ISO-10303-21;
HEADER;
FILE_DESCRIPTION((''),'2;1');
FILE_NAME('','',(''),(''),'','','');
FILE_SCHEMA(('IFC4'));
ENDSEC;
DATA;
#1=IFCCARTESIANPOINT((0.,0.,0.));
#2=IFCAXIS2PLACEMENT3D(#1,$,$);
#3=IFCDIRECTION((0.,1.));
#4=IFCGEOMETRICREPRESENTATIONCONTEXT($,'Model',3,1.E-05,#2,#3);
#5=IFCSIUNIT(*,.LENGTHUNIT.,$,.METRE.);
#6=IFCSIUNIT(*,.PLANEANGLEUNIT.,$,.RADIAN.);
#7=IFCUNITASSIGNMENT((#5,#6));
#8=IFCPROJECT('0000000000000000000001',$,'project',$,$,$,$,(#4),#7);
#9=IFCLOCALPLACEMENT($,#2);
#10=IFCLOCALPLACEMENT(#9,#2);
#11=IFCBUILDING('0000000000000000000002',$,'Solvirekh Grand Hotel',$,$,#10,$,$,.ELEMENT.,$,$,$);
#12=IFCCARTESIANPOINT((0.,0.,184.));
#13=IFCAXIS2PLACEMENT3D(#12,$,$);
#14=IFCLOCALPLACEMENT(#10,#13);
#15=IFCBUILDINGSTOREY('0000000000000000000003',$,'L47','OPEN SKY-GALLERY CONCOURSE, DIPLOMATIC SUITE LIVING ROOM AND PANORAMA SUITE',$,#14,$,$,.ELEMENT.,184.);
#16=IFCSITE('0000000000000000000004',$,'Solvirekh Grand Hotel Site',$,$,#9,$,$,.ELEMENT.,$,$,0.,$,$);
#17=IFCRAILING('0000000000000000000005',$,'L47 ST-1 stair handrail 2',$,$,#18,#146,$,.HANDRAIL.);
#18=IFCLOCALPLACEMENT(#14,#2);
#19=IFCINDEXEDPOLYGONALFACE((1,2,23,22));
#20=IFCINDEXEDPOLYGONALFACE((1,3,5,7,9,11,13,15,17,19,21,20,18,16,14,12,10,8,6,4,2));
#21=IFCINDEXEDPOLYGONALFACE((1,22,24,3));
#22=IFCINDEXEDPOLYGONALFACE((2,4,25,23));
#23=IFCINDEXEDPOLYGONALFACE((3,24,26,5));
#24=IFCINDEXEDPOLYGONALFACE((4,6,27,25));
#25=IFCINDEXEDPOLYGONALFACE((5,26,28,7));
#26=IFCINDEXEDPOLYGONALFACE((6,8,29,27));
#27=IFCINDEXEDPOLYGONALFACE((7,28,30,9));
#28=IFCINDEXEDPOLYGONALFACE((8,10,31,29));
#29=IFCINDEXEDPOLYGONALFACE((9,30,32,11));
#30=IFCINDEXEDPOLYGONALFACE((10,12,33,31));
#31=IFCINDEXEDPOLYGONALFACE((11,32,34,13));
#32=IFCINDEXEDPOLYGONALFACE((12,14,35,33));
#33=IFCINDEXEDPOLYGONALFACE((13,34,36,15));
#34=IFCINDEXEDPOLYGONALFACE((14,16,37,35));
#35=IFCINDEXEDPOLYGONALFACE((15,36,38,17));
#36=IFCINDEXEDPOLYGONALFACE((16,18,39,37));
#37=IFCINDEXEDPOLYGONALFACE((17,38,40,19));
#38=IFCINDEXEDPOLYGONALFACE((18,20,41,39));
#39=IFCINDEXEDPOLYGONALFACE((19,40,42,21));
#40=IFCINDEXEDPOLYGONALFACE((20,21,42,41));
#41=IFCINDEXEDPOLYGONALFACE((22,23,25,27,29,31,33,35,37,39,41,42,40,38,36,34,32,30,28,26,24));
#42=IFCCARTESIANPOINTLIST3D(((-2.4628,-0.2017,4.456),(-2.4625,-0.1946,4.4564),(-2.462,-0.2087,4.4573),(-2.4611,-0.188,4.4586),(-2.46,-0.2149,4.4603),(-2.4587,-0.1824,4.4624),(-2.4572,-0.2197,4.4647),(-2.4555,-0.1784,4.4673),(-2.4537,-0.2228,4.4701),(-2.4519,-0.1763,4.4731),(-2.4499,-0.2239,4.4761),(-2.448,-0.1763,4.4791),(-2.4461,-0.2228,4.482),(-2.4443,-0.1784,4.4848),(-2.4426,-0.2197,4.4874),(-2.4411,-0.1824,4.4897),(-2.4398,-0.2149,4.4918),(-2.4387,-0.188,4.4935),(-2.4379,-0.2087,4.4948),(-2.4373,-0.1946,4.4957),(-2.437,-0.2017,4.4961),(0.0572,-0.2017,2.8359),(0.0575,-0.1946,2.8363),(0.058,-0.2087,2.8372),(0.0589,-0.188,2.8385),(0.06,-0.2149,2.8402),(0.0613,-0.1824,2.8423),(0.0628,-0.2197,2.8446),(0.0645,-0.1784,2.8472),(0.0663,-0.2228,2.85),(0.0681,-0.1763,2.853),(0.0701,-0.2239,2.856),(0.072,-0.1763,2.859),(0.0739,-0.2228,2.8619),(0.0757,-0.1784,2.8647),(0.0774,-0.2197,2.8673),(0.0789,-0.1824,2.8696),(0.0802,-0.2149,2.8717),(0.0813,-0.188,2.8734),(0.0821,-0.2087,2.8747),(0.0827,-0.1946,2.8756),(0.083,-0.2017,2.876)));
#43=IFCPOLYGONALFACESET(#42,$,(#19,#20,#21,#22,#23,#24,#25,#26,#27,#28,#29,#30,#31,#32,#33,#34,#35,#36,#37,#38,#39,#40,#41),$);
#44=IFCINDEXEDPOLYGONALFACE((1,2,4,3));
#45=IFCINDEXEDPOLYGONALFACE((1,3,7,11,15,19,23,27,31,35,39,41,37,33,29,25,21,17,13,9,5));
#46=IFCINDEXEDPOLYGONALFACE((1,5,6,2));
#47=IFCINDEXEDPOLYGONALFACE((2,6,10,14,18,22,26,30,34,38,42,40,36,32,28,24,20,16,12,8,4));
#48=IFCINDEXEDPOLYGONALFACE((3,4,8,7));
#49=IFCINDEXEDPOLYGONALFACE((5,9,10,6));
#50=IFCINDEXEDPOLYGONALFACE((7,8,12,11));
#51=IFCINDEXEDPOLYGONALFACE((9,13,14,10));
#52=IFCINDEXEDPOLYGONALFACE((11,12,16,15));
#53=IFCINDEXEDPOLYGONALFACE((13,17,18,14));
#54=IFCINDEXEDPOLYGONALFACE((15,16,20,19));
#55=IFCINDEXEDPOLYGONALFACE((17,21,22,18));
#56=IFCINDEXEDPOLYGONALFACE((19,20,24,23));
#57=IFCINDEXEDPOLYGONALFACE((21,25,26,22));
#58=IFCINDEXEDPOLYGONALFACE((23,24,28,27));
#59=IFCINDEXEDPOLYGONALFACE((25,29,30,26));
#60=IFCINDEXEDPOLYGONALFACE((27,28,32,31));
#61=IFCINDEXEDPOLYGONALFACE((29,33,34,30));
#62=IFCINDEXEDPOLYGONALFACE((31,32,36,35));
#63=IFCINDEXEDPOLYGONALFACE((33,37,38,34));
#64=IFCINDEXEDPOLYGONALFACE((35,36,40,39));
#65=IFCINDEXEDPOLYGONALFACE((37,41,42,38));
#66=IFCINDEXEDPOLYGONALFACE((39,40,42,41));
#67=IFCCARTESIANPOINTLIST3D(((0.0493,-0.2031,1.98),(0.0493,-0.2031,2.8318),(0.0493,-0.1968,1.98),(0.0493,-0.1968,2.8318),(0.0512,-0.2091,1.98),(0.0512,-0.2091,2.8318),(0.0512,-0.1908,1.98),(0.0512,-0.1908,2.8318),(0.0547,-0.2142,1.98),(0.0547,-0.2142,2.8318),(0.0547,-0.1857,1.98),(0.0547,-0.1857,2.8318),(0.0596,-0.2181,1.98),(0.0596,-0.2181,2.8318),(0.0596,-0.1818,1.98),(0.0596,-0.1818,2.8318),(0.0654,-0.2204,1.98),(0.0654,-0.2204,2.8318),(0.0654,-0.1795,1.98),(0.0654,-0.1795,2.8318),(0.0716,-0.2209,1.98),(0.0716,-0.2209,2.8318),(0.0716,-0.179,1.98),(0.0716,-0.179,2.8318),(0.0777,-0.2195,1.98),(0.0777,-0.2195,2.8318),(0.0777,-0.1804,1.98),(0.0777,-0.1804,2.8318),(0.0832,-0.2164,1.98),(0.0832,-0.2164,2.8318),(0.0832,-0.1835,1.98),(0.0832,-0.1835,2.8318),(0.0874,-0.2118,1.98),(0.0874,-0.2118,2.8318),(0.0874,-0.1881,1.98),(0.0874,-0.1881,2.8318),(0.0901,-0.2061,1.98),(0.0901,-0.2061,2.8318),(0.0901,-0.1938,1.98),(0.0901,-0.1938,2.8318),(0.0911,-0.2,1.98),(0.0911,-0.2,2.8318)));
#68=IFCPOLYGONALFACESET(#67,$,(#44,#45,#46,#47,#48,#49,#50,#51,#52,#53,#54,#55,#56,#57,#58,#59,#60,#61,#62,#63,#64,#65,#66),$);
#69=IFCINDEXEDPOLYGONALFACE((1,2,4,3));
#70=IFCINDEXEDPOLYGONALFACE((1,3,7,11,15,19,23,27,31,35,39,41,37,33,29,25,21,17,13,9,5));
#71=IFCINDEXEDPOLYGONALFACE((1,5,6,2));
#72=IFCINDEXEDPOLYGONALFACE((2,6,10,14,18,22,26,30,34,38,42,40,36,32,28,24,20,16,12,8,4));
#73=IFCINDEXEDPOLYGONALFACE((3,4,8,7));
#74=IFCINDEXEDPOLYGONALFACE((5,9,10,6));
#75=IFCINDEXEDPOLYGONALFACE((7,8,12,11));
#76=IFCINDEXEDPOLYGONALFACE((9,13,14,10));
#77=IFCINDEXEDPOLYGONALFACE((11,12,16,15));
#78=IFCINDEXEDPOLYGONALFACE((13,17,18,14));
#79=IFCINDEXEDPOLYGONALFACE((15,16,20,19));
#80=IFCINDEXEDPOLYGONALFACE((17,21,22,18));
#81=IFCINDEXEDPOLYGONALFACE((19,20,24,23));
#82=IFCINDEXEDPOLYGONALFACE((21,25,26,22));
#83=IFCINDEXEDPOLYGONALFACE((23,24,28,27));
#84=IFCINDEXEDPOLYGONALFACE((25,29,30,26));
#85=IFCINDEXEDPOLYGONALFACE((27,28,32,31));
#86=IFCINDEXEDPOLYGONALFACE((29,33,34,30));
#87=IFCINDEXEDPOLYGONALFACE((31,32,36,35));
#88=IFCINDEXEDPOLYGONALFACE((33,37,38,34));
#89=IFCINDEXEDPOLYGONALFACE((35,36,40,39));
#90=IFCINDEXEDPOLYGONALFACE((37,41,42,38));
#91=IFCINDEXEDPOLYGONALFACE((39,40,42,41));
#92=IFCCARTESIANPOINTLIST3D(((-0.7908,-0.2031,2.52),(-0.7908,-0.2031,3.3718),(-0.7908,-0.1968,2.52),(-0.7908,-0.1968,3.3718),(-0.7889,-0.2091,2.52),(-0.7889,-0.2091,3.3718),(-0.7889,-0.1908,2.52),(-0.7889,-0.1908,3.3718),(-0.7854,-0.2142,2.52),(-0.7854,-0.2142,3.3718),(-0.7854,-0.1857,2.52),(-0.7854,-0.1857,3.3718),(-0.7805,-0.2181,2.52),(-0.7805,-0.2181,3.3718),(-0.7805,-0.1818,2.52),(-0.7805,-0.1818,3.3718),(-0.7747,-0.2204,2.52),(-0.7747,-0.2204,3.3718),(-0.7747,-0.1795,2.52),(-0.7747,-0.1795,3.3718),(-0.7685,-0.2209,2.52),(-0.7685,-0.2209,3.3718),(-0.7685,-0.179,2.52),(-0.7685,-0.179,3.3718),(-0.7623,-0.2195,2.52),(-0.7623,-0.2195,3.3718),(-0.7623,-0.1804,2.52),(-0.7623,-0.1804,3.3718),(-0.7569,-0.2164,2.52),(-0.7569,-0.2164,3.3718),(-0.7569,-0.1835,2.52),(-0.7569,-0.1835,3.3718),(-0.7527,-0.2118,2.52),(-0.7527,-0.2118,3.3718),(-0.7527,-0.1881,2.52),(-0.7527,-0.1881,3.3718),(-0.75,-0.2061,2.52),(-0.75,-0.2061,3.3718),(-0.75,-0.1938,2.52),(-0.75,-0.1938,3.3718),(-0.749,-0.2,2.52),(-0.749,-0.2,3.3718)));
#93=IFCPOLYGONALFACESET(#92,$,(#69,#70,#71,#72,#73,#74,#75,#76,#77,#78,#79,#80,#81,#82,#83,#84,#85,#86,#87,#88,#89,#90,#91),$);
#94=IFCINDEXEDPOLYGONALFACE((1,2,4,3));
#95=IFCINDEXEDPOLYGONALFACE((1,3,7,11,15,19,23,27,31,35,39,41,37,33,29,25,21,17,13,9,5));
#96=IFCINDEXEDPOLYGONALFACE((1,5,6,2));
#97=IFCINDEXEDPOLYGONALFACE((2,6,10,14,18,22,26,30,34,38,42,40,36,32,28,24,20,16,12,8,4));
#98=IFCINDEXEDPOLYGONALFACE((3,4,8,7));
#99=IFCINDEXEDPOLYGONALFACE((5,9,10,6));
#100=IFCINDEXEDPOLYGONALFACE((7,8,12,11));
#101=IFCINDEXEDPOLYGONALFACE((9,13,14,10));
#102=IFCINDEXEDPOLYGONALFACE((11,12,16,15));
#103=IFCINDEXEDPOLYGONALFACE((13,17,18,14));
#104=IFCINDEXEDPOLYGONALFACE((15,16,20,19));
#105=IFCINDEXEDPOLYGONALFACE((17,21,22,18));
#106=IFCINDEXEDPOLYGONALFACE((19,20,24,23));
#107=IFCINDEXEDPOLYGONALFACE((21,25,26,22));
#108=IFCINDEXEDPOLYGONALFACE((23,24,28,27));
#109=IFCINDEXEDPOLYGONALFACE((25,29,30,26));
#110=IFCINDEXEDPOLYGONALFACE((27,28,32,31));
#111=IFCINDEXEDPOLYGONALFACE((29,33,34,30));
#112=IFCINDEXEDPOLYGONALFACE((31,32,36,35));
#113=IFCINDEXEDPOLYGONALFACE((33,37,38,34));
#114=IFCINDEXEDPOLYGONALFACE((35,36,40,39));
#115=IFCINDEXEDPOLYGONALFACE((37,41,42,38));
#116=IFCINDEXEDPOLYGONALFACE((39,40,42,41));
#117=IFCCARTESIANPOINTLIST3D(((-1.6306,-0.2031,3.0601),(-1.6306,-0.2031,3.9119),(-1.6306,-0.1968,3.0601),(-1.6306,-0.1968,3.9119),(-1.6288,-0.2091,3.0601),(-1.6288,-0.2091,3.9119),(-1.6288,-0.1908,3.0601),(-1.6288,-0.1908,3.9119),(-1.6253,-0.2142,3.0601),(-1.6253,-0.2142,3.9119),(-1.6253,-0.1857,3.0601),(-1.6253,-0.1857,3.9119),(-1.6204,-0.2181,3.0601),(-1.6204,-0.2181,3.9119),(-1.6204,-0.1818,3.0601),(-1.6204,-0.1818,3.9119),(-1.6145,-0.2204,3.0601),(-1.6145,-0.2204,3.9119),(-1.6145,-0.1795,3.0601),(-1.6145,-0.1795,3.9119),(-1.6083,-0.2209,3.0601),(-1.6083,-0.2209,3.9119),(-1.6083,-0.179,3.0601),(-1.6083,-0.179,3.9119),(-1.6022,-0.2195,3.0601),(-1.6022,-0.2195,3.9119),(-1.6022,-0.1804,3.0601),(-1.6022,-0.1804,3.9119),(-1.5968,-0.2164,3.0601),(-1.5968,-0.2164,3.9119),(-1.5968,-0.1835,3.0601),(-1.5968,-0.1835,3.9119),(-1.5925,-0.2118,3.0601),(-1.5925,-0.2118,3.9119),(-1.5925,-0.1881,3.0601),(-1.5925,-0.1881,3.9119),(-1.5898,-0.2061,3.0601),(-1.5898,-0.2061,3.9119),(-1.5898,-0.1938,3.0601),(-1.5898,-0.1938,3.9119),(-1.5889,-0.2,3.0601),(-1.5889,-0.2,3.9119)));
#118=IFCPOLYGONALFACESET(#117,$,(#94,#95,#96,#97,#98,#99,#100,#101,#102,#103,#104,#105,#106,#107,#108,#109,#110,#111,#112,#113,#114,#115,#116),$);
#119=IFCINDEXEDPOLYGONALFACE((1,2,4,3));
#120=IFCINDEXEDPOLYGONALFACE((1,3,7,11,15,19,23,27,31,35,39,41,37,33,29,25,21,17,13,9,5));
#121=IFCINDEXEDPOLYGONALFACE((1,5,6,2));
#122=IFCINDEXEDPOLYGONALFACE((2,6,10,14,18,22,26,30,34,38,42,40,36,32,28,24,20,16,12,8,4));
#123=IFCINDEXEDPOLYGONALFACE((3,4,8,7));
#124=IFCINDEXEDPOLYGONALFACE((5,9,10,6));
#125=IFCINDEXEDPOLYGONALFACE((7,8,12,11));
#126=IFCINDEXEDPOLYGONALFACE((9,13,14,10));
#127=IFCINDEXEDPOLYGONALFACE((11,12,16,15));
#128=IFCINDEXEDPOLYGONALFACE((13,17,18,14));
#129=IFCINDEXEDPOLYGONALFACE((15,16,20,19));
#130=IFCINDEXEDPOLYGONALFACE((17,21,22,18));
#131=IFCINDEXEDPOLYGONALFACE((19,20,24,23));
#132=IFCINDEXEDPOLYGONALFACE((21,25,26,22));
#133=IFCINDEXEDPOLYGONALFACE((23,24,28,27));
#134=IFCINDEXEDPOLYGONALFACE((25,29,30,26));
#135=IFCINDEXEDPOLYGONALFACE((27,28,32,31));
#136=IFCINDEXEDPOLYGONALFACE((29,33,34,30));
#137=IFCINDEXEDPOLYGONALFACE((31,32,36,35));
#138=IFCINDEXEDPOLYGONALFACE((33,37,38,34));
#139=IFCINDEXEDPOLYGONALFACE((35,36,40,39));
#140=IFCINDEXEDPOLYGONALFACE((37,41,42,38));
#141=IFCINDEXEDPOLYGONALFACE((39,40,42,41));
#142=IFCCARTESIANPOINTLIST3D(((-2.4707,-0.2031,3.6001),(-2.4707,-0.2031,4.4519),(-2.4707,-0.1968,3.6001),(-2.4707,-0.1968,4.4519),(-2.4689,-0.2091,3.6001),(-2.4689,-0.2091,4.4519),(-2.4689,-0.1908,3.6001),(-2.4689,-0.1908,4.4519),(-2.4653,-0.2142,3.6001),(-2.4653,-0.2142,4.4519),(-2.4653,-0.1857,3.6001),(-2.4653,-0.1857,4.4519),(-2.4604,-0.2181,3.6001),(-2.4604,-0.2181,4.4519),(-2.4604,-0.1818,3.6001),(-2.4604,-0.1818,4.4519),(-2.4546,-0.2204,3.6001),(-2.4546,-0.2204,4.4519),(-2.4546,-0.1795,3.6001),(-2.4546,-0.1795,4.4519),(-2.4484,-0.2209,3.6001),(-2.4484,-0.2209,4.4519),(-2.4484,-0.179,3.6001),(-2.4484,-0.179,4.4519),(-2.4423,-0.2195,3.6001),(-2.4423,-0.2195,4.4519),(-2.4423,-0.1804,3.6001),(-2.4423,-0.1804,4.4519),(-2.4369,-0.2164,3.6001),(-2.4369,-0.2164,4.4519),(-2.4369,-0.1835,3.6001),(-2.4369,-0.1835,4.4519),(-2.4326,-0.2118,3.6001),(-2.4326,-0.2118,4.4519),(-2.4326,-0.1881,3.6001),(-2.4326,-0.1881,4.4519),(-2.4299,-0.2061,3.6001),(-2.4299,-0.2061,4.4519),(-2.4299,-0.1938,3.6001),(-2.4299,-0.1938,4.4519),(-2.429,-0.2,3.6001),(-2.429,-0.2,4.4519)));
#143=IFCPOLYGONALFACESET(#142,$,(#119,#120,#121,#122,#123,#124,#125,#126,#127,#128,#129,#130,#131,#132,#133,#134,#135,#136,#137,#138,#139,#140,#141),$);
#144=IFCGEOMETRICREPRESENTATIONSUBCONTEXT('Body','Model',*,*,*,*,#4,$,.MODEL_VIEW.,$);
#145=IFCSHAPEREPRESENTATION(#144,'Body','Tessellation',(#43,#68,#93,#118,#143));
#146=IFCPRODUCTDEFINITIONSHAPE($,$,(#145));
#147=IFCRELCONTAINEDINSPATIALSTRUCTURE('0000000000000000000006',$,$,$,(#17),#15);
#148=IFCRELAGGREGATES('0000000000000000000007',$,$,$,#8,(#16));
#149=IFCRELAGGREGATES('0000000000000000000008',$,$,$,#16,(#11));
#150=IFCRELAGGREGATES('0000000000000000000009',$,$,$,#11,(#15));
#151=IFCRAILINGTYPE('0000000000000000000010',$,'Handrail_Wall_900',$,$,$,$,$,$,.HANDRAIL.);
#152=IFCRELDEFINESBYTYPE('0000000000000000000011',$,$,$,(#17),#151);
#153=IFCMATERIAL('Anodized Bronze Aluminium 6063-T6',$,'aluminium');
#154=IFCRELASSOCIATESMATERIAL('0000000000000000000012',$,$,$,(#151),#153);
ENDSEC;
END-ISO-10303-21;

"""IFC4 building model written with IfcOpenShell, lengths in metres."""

from ifc_helpers import new_model, si_unit, direction, frame, origin, origin_2d, place, context, subcontext, project, spatial, circle, extrude, material, type_object, element, save


model = new_model("IFC4")

# Units and contexts
model_context = context("Model", 3, precision=1e-05, world=origin(), true_north=direction((0.0, 1.0)))
body_context = subcontext(model_context, "Body", "Model", "MODEL_VIEW")
ifc_project = project(units=[si_unit("LENGTHUNIT", "METRE"), si_unit("PLANEANGLEUNIT", "RADIAN")], contexts=[model_context])

# Site, building, storey
site_placement = place(None, origin())
site = spatial("IfcSite", under=ifc_project, at=site_placement, Name="Solvirekh Grand Hotel Site", CompositionType="ELEMENT", RefElevation=0.0)
building_placement = place(site_placement, origin())
building = spatial("IfcBuilding", under=site, at=building_placement, Name="Solvirekh Grand Hotel", CompositionType="ELEMENT")
storey_placement = place(building_placement, frame((0.0, 0.0, 184.0)))
storey = spatial("IfcBuildingStorey", under=building, at=storey_placement, Name="L47", Description="OPEN SKY-GALLERY CONCOURSE, DIPLOMATIC SUITE LIVING ROOM AND PANORAMA SUITE", CompositionType="ELEMENT", Elevation=184.0)

# Railing
ifc_material_1 = material(Name="Anodized Bronze Aluminium 6063-T6", Category="aluminium")
railing_type_1 = type_object("IfcRailingType", Name="Handrail_Wall_900", PredefinedType="HANDRAIL", material=ifc_material_1)
railing_1_placement = place(storey_placement, frame((0.0701, -0.2, 1.98)))
element("IfcRailing", 1, at=railing_1_placement, inside=storey, type_object=railing_type_1, Name="L47 ST-1 stair handrail 2", PredefinedType="HANDRAIL", context=body_context, shape_type="SweptSolid", body=[
    extrude(circle(Radius=0.0239, at=origin_2d()), frame((0.0, 0.0, 0.876), z_axis=(-0.841163, 0.0, 0.540782), x_axis=(0.0, -1.0, 0.0)), (0.0, 0.0, 1.0), 2.9958),
    extrude(circle(Radius=0.021, at=origin_2d()), origin(), (0.0, 0.0, 1.0), 0.8518),
    extrude(circle(Radius=0.021, at=origin_2d()), frame((-0.8401, 0.0, 0.54)), (0.0, 0.0, 1.0), 0.8518),
    extrude(circle(Radius=0.021, at=origin_2d()), frame((-1.6799, 0.0, 1.0801)), (0.0, 0.0, 1.0), 0.8518),
    extrude(circle(Radius=0.021, at=origin_2d()), frame((-2.52, 0.0, 1.6201)), (0.0, 0.0, 1.0), 0.8518),
])

save(model, "model.ifc")
